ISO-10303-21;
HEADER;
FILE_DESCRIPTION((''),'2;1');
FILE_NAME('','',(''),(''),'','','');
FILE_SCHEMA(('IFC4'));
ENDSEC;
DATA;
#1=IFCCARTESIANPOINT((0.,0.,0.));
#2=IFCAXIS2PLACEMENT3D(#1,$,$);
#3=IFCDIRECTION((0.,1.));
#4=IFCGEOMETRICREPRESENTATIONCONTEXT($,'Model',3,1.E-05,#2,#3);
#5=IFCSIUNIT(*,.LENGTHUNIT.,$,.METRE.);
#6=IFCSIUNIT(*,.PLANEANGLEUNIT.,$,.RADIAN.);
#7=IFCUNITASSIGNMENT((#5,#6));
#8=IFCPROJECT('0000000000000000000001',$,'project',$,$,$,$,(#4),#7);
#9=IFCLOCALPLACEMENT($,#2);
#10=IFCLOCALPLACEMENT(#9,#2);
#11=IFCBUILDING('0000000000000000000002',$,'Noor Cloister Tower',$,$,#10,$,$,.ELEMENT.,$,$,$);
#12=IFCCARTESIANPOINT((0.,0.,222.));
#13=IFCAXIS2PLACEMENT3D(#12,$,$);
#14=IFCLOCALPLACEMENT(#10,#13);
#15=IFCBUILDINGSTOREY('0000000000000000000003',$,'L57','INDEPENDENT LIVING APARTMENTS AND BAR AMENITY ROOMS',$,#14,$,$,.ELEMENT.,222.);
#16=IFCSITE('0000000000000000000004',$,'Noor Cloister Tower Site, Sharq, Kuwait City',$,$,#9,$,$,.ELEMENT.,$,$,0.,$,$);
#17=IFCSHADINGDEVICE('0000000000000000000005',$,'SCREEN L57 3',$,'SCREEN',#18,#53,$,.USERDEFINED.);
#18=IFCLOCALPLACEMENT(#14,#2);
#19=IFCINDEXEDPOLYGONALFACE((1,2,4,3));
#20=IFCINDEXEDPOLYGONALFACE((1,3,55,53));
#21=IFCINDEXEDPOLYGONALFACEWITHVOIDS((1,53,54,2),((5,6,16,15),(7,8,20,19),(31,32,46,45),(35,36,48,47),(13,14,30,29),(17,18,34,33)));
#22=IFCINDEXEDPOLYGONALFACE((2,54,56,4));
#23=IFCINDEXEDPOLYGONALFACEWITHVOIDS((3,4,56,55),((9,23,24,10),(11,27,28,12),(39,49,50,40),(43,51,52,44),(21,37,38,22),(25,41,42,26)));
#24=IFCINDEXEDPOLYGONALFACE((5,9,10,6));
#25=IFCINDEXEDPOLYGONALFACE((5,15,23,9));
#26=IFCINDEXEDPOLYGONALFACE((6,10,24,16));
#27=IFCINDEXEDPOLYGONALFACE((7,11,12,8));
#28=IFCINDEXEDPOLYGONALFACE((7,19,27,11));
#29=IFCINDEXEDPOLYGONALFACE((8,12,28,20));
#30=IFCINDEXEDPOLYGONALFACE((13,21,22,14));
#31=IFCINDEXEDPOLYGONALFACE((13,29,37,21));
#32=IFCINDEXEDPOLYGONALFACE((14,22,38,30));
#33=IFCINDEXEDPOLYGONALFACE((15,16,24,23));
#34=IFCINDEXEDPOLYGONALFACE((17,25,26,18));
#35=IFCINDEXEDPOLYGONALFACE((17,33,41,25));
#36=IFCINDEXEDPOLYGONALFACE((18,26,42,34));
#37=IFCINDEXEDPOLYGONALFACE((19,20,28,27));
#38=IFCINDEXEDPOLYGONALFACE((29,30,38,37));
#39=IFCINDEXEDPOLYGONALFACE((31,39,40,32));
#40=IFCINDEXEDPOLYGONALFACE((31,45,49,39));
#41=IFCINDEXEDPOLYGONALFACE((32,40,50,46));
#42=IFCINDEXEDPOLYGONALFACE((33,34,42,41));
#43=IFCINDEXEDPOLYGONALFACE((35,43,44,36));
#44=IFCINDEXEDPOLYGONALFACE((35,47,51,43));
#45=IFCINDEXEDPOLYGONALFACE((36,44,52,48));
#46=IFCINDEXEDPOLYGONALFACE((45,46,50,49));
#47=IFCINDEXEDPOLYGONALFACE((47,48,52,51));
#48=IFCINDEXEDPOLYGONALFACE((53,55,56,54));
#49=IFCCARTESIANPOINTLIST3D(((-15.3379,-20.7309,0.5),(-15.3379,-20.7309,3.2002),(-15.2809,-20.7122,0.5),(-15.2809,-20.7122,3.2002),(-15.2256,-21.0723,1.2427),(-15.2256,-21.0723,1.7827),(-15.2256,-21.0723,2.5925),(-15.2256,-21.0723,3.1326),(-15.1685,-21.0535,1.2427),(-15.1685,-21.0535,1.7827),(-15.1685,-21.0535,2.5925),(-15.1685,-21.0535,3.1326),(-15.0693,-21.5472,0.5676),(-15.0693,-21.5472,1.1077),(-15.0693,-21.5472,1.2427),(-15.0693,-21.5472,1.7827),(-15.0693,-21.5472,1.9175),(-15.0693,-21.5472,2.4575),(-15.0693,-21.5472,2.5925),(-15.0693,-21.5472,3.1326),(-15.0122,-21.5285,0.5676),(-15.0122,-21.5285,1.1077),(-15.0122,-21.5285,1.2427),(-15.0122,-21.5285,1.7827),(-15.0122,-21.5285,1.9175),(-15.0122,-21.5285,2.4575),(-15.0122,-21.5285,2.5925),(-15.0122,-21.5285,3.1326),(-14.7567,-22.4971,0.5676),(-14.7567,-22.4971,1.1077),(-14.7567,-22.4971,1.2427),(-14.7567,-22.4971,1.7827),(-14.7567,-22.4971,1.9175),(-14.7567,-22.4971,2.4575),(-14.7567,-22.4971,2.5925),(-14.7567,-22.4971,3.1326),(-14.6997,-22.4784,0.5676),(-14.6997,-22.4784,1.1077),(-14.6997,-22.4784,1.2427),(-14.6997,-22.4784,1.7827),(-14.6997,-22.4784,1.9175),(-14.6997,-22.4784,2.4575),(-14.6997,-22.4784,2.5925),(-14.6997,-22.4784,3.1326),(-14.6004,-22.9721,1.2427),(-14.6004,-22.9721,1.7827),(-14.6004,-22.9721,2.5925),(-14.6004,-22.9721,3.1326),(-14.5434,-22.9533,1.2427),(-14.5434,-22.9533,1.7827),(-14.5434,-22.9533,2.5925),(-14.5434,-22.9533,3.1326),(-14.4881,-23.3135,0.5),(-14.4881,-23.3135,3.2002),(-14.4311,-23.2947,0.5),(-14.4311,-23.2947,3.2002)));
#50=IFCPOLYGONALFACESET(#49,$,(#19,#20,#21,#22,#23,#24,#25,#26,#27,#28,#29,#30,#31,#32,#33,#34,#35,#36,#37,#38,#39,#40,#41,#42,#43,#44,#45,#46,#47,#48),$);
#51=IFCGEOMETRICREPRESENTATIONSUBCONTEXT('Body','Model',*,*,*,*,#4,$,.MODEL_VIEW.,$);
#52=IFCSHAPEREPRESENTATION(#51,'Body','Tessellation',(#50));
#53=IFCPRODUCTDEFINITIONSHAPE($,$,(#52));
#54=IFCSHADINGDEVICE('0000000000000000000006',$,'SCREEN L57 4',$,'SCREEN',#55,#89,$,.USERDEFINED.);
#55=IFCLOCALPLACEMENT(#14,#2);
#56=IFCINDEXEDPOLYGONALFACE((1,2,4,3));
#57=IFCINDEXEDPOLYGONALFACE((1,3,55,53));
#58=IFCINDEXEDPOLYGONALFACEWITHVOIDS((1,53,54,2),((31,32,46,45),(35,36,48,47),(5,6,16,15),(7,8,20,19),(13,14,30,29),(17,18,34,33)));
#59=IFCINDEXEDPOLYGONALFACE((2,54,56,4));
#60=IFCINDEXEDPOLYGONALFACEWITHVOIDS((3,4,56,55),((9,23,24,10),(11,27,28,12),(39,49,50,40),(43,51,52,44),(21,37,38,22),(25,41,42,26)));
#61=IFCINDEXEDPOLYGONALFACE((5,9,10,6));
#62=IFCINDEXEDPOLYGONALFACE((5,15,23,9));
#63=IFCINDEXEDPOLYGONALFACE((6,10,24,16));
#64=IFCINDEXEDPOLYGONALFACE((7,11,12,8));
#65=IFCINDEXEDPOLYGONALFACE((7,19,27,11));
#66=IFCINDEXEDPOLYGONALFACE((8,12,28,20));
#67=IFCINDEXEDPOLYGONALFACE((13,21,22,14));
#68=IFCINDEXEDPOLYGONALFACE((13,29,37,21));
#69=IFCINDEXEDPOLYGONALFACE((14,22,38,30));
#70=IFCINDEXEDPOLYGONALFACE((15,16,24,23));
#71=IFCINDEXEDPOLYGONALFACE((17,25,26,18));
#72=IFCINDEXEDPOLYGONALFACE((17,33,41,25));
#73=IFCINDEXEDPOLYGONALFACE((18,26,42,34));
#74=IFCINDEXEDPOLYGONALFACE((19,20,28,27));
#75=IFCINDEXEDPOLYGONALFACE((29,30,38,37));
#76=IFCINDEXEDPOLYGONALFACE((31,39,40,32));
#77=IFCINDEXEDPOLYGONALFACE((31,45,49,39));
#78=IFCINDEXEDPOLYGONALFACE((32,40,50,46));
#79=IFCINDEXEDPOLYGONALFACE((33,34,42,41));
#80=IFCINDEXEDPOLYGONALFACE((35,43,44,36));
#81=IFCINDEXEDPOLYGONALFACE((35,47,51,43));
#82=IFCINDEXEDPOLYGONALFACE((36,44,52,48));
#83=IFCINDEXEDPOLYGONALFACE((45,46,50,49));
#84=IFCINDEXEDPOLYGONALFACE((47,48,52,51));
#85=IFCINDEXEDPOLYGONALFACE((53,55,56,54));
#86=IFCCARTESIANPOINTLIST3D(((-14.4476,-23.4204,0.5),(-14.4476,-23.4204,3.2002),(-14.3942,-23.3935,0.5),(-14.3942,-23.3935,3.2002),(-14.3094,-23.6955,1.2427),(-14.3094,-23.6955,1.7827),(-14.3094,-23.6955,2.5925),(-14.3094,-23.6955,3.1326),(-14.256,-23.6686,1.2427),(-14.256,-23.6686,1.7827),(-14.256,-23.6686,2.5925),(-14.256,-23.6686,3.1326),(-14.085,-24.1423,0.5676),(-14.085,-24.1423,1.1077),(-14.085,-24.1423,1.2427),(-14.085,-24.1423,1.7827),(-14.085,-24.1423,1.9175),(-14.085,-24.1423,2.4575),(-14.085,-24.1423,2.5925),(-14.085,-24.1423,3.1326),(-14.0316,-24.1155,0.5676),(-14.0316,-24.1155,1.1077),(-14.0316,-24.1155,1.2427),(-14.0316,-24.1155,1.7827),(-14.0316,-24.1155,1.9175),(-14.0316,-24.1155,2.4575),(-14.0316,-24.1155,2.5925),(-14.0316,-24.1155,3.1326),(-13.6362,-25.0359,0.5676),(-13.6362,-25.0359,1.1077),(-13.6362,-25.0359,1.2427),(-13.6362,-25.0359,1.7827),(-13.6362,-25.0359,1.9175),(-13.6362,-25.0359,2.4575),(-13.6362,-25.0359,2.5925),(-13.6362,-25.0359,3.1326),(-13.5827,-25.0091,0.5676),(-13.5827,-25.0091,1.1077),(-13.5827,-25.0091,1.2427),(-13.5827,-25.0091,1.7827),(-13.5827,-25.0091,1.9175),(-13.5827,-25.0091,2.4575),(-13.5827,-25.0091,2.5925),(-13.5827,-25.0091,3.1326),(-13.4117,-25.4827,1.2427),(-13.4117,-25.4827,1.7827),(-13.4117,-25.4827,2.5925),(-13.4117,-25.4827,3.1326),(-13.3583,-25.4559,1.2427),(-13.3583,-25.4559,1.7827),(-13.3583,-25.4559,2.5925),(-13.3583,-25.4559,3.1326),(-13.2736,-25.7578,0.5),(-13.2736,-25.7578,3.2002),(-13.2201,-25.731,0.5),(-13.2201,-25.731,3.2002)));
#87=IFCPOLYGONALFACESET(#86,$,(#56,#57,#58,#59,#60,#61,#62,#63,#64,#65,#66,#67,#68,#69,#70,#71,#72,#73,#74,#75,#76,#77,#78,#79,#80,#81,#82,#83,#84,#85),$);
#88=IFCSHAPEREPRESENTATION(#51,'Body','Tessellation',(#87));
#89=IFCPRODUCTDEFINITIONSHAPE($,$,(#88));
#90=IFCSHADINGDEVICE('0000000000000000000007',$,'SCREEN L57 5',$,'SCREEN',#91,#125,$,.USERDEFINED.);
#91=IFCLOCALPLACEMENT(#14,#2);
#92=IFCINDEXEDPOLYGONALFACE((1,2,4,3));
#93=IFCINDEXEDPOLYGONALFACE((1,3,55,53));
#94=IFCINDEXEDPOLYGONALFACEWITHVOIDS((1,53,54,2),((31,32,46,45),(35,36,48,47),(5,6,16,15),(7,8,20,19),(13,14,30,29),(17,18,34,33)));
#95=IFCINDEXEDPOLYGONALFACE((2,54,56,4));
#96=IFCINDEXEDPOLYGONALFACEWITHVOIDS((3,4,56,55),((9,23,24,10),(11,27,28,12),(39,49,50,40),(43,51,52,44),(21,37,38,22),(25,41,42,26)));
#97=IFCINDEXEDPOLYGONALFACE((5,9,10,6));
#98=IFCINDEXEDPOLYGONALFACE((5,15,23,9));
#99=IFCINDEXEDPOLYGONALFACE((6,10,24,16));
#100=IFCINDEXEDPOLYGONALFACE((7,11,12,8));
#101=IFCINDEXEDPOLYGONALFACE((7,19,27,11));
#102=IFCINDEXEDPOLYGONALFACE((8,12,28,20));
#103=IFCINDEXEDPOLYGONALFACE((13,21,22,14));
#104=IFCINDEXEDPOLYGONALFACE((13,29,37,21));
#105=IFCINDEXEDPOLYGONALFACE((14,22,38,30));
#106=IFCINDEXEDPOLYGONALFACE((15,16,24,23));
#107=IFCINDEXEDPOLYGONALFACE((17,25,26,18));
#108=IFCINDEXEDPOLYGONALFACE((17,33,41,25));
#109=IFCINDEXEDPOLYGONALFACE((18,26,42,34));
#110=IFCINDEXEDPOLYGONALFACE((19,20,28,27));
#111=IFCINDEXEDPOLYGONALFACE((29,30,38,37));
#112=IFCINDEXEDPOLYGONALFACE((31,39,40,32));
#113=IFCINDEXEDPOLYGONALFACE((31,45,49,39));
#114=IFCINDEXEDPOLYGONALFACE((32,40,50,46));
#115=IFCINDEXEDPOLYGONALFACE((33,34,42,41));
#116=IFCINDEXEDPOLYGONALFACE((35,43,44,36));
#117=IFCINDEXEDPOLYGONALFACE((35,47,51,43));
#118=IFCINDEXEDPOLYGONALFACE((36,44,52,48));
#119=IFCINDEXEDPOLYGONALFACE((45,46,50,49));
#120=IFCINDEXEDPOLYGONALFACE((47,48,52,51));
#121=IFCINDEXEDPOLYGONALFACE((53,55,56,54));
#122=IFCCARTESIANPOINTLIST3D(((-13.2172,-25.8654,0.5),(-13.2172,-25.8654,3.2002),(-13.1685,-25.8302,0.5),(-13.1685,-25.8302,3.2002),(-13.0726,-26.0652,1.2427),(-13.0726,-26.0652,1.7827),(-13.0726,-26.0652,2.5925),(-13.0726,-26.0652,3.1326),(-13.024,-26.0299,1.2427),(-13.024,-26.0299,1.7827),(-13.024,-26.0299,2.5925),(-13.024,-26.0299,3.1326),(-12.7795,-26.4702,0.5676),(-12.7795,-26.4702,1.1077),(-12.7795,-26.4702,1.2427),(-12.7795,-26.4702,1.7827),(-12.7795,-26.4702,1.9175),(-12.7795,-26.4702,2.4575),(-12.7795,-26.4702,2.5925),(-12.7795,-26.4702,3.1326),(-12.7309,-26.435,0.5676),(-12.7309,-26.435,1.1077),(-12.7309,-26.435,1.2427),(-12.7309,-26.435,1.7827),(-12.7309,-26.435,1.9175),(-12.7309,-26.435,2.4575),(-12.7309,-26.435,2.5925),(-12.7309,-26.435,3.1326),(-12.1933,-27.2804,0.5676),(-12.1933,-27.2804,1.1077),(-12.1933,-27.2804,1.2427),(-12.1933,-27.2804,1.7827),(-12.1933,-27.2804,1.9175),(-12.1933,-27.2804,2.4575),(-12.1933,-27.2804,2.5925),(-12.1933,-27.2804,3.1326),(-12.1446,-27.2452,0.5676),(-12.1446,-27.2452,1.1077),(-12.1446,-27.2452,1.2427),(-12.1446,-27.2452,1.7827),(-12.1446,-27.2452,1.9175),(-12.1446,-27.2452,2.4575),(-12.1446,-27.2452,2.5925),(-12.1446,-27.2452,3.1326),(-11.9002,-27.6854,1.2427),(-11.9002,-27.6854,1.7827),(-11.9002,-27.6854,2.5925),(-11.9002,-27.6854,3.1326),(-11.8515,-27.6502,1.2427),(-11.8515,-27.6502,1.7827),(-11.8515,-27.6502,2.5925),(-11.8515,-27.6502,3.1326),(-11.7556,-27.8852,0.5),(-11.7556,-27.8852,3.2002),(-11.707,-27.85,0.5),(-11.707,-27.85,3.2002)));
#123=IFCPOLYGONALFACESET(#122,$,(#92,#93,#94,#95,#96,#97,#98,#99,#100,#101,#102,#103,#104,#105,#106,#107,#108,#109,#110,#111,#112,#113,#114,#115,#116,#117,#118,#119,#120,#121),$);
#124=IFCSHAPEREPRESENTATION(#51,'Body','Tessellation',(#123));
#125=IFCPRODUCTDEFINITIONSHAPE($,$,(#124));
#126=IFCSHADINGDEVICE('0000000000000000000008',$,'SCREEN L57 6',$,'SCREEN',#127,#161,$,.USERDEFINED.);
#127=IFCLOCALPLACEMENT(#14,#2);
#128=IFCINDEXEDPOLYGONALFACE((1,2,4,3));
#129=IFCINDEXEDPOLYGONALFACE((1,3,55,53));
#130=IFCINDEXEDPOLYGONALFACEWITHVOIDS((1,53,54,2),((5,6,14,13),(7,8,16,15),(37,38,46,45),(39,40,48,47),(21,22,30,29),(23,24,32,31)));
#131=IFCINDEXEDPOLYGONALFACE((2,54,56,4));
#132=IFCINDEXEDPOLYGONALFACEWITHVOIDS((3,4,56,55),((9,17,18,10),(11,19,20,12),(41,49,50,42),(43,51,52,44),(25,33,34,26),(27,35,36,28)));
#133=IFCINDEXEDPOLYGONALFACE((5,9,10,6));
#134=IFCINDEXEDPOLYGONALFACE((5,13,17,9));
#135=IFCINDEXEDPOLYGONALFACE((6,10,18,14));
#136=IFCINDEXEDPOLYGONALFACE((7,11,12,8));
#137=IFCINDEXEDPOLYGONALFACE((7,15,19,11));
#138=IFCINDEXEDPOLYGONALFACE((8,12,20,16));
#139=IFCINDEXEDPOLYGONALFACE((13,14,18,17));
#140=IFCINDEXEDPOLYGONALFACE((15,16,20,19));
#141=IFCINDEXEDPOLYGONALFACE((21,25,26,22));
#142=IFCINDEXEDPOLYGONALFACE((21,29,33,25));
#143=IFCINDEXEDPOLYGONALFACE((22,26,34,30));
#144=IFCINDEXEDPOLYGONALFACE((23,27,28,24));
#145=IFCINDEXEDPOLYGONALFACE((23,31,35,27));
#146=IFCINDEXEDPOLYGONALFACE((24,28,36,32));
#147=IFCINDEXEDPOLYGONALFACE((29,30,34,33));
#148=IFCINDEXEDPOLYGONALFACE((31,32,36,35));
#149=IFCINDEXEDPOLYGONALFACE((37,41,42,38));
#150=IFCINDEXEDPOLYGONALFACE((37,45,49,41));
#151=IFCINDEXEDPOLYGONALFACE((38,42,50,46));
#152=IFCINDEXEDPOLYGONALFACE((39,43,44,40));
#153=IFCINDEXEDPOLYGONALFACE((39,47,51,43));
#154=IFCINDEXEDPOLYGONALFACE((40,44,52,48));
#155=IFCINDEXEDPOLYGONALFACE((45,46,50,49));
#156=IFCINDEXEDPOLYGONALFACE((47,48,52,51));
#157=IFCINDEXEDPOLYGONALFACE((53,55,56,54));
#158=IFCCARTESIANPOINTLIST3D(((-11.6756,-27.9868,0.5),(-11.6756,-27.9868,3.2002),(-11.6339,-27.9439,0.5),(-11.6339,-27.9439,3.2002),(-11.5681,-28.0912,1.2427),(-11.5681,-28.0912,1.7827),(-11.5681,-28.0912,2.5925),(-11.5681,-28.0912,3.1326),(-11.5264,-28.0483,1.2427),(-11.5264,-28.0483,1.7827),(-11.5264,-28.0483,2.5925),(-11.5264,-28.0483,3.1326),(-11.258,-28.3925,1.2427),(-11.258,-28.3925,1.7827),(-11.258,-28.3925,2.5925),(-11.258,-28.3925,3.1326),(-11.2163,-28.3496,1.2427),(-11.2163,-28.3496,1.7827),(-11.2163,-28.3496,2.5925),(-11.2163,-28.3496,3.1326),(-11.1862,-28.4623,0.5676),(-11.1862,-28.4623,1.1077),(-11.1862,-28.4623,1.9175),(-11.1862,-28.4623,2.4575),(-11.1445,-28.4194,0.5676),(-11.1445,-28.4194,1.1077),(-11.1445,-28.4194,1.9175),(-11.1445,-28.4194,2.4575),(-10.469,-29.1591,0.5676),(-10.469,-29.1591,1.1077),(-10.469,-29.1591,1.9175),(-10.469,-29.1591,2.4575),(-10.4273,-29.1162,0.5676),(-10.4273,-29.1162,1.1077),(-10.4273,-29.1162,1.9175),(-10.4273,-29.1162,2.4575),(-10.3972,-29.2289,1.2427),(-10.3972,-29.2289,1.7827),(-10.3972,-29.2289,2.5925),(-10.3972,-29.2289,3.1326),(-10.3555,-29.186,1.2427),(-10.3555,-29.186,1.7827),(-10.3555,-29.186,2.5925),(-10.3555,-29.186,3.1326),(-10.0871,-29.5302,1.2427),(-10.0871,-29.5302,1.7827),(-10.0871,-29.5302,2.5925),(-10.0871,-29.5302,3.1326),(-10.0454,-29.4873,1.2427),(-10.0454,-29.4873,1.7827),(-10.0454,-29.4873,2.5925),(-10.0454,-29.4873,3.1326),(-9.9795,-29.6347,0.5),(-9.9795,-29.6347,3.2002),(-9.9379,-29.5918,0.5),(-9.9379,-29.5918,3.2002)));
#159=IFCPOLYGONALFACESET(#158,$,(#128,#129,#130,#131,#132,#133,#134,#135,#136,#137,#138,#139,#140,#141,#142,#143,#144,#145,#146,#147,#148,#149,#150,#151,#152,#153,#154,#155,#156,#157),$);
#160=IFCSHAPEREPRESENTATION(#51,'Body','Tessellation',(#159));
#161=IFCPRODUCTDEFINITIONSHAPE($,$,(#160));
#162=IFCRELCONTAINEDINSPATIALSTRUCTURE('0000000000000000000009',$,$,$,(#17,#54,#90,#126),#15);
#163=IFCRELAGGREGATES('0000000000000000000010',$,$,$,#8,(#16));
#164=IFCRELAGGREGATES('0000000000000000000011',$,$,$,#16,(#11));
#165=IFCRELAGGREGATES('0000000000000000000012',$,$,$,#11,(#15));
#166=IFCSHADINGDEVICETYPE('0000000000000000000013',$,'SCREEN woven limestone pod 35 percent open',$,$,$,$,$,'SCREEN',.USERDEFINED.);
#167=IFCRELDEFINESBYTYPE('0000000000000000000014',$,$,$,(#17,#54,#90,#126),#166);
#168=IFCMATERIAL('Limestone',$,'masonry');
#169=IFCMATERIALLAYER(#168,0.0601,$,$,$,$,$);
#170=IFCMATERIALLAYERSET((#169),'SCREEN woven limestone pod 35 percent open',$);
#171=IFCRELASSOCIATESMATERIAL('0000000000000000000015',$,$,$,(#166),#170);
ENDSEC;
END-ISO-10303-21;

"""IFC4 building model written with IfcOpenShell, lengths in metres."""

from ifc_helpers import new_model, si_unit, direction, frame, origin, place, context, subcontext, project, spatial, polyline, outline, extrude, material, layer, layer_set, type_object, element, save


model = new_model("IFC4")

# Units and contexts
model_context = context("Model", 3, precision=1e-05, world=origin(), true_north=direction((0.0, 1.0)))
body_context = subcontext(model_context, "Body", "Model", "MODEL_VIEW")
ifc_project = project(units=[si_unit("LENGTHUNIT", "METRE"), si_unit("PLANEANGLEUNIT", "RADIAN")], contexts=[model_context])

# Site, building, storey
site_placement = place(None, origin())
site = spatial("IfcSite", under=ifc_project, at=site_placement, Name="Noor Cloister Tower Site, Sharq, Kuwait City", CompositionType="ELEMENT", RefElevation=0.0)
building_placement = place(site_placement, origin())
building = spatial("IfcBuilding", under=site, at=building_placement, Name="Noor Cloister Tower", CompositionType="ELEMENT")
storey_placement = place(building_placement, frame((0.0, 0.0, 222.0)))
storey = spatial("IfcBuildingStorey", under=building, at=storey_placement, Name="L57", Description="INDEPENDENT LIVING APARTMENTS AND BAR AMENITY ROOMS", CompositionType="ELEMENT", Elevation=222.0)

# Shading devices
ifc_material_1 = material(Name="Limestone", Category="masonry")
ifc_layer_1 = layer(ifc_material_1, 0.0601)
ifc_layer_set_1 = layer_set([ifc_layer_1], Name="SCREEN woven limestone pod 35 percent open")
shading_device_type = type_object("IfcShadingDeviceType", Name="SCREEN woven limestone pod 35 percent open", ElementType="SCREEN", PredefinedType="USERDEFINED", material=ifc_layer_set_1)
shading_device_1_placement = place(storey_placement, frame((-14.856, -22.0034, 1.8501), z_axis=(-0.949894, -0.312572, 0.0), x_axis=(0.312572, -0.949894, 0.0)))
element("IfcShadingDevice", 1, at=shading_device_1_placement, inside=storey, type_object=shading_device_type, Name="SCREEN L57 3", ObjectType="SCREEN", PredefinedType="USERDEFINED", context=body_context, shape_type="SweptSolid", body=[
    extrude(outline(polyline([(-1.3594, -1.3501), (1.3594, -1.3501), (1.3594, 1.3501), (-1.3594, 1.3501), (-1.3594, -1.3501)]), holes=[polyline([(-0.5, -1.2825), (0.5, -1.2825), (0.5, -0.7424), (-0.5, -0.7424), (-0.5, -1.2825)]), polyline([(-1.0, -0.6074), (-0.5, -0.6074), (-0.5, -0.0674), (-1.0, -0.0674), (-1.0, -0.6074)]), polyline([(0.5, -0.6074), (1.0, -0.6074), (1.0, -0.0674), (0.5, -0.0674), (0.5, -0.6074)]), polyline([(-0.5, 0.0674), (0.5, 0.0674), (0.5, 0.6074), (-0.5, 0.6074), (-0.5, 0.0674)]), polyline([(-1.0, 0.7424), (-0.5, 0.7424), (-0.5, 1.2825), (-1.0, 1.2825), (-1.0, 0.7424)]), polyline([(0.5, 0.7424), (1.0, 0.7424), (1.0, 1.2825), (0.5, 1.2825), (0.5, 0.7424)])]), origin(), (0.0, 0.0, 1.0), 0.0601),
])
shading_device_2_placement = place(storey_placement, frame((-13.8071, -24.5623, 1.8501), z_axis=(-0.89361, -0.448845, 0.0), x_axis=(0.448845, -0.89361, 0.0)))
element("IfcShadingDevice", 2, at=shading_device_2_placement, inside=storey, type_object=shading_device_type, Name="SCREEN L57 4", ObjectType="SCREEN", PredefinedType="USERDEFINED", context=body_context, shape_type="SweptSolid", body=[
    extrude(outline(polyline([(-1.3079, -1.3501), (1.3079, -1.3501), (1.3079, 1.3501), (-1.3079, 1.3501), (-1.3079, -1.3501)]), holes=[polyline([(-0.5, -1.2825), (0.5, -1.2825), (0.5, -0.7424), (-0.5, -0.7424), (-0.5, -1.2825)]), polyline([(-1.0, -0.6074), (-0.5, -0.6074), (-0.5, -0.0674), (-1.0, -0.0674), (-1.0, -0.6074)]), polyline([(0.5, -0.6074), (1.0, -0.6074), (1.0, -0.0674), (0.5, -0.0674), (0.5, -0.6074)]), polyline([(-0.5, 0.0674), (0.5, 0.0674), (0.5, 0.6074), (-0.5, 0.6074), (-0.5, 0.0674)]), polyline([(-1.0, 0.7424), (-0.5, 0.7424), (-0.5, 1.2825), (-1.0, 1.2825), (-1.0, 0.7424)]), polyline([(0.5, 0.7424), (1.0, 0.7424), (1.0, 1.2825), (0.5, 1.2825), (0.5, 0.7424)])]), origin(), (0.0, 0.0, 1.0), 0.0598),
])
shading_device_3_placement = place(storey_placement, frame((-12.4377, -26.8401, 1.8501), z_axis=(-0.810142, -0.586234, 0.0), x_axis=(0.586234, -0.810142, 0.0)))
element("IfcShadingDevice", 3, at=shading_device_3_placement, inside=storey, type_object=shading_device_type, Name="SCREEN L57 5", ObjectType="SCREEN", PredefinedType="USERDEFINED", context=body_context, shape_type="SweptSolid", body=[
    extrude(outline(polyline([(-1.2466, -1.3501), (1.2466, -1.3501), (1.2466, 1.3501), (-1.2466, 1.3501), (-1.2466, -1.3501)]), holes=[polyline([(-0.5, -1.2825), (0.5, -1.2825), (0.5, -0.7424), (-0.5, -0.7424), (-0.5, -1.2825)]), polyline([(-1.0, -0.6074), (-0.5, -0.6074), (-0.5, -0.0674), (-1.0, -0.0674), (-1.0, -0.6074)]), polyline([(0.5, -0.6074), (1.0, -0.6074), (1.0, -0.0674), (0.5, -0.0674), (0.5, -0.6074)]), polyline([(-0.5, 0.0674), (0.5, 0.0674), (0.5, 0.6074), (-0.5, 0.6074), (-0.5, 0.0674)]), polyline([(-1.0, 0.7424), (-0.5, 0.7424), (-0.5, 1.2825), (-1.0, 1.2825), (-1.0, 0.7424)]), polyline([(0.5, 0.7424), (1.0, 0.7424), (1.0, 1.2825), (0.5, 1.2825), (0.5, 0.7424)])]), origin(), (0.0, 0.0, 1.0), 0.0601),
])
shading_device_4_placement = place(storey_placement, frame((-10.7859, -28.7678, 1.8501), z_axis=(-0.696846, -0.717221, 0.0), x_axis=(0.717221, -0.696846, 0.0)))
element("IfcShadingDevice", 4, at=shading_device_4_placement, inside=storey, type_object=shading_device_type, Name="SCREEN L57 6", ObjectType="SCREEN", PredefinedType="USERDEFINED", context=body_context, shape_type="SweptSolid", body=[
    extrude(outline(polyline([(-1.1824, -1.3501), (1.1824, -1.3501), (1.1824, 1.3501), (-1.1824, 1.3501), (-1.1824, -1.3501)]), holes=[polyline([(-0.5, -1.2825), (0.5, -1.2825), (0.5, -0.7424), (-0.5, -0.7424), (-0.5, -1.2825)]), polyline([(0.6001, -0.6074), (1.0325, -0.6074), (1.0325, -0.0674), (0.6001, -0.0674), (0.6001, -0.6074)]), polyline([(-1.0325, -0.6074), (-0.6001, -0.6074), (-0.6001, -0.0674), (-1.0325, -0.0674), (-1.0325, -0.6074)]), polyline([(-0.5, 0.0674), (0.5, 0.0674), (0.5, 0.6074), (-0.5, 0.6074), (-0.5, 0.0674)]), polyline([(0.6001, 0.7424), (1.0325, 0.7424), (1.0325, 1.2825), (0.6001, 1.2825), (0.6001, 0.7424)]), polyline([(-1.0325, 0.7424), (-0.6001, 0.7424), (-0.6001, 1.2825), (-1.0325, 1.2825), (-1.0325, 0.7424)])]), origin(), (0.0, 0.0, 1.0), 0.0598),
])

save(model, "model.ifc")
